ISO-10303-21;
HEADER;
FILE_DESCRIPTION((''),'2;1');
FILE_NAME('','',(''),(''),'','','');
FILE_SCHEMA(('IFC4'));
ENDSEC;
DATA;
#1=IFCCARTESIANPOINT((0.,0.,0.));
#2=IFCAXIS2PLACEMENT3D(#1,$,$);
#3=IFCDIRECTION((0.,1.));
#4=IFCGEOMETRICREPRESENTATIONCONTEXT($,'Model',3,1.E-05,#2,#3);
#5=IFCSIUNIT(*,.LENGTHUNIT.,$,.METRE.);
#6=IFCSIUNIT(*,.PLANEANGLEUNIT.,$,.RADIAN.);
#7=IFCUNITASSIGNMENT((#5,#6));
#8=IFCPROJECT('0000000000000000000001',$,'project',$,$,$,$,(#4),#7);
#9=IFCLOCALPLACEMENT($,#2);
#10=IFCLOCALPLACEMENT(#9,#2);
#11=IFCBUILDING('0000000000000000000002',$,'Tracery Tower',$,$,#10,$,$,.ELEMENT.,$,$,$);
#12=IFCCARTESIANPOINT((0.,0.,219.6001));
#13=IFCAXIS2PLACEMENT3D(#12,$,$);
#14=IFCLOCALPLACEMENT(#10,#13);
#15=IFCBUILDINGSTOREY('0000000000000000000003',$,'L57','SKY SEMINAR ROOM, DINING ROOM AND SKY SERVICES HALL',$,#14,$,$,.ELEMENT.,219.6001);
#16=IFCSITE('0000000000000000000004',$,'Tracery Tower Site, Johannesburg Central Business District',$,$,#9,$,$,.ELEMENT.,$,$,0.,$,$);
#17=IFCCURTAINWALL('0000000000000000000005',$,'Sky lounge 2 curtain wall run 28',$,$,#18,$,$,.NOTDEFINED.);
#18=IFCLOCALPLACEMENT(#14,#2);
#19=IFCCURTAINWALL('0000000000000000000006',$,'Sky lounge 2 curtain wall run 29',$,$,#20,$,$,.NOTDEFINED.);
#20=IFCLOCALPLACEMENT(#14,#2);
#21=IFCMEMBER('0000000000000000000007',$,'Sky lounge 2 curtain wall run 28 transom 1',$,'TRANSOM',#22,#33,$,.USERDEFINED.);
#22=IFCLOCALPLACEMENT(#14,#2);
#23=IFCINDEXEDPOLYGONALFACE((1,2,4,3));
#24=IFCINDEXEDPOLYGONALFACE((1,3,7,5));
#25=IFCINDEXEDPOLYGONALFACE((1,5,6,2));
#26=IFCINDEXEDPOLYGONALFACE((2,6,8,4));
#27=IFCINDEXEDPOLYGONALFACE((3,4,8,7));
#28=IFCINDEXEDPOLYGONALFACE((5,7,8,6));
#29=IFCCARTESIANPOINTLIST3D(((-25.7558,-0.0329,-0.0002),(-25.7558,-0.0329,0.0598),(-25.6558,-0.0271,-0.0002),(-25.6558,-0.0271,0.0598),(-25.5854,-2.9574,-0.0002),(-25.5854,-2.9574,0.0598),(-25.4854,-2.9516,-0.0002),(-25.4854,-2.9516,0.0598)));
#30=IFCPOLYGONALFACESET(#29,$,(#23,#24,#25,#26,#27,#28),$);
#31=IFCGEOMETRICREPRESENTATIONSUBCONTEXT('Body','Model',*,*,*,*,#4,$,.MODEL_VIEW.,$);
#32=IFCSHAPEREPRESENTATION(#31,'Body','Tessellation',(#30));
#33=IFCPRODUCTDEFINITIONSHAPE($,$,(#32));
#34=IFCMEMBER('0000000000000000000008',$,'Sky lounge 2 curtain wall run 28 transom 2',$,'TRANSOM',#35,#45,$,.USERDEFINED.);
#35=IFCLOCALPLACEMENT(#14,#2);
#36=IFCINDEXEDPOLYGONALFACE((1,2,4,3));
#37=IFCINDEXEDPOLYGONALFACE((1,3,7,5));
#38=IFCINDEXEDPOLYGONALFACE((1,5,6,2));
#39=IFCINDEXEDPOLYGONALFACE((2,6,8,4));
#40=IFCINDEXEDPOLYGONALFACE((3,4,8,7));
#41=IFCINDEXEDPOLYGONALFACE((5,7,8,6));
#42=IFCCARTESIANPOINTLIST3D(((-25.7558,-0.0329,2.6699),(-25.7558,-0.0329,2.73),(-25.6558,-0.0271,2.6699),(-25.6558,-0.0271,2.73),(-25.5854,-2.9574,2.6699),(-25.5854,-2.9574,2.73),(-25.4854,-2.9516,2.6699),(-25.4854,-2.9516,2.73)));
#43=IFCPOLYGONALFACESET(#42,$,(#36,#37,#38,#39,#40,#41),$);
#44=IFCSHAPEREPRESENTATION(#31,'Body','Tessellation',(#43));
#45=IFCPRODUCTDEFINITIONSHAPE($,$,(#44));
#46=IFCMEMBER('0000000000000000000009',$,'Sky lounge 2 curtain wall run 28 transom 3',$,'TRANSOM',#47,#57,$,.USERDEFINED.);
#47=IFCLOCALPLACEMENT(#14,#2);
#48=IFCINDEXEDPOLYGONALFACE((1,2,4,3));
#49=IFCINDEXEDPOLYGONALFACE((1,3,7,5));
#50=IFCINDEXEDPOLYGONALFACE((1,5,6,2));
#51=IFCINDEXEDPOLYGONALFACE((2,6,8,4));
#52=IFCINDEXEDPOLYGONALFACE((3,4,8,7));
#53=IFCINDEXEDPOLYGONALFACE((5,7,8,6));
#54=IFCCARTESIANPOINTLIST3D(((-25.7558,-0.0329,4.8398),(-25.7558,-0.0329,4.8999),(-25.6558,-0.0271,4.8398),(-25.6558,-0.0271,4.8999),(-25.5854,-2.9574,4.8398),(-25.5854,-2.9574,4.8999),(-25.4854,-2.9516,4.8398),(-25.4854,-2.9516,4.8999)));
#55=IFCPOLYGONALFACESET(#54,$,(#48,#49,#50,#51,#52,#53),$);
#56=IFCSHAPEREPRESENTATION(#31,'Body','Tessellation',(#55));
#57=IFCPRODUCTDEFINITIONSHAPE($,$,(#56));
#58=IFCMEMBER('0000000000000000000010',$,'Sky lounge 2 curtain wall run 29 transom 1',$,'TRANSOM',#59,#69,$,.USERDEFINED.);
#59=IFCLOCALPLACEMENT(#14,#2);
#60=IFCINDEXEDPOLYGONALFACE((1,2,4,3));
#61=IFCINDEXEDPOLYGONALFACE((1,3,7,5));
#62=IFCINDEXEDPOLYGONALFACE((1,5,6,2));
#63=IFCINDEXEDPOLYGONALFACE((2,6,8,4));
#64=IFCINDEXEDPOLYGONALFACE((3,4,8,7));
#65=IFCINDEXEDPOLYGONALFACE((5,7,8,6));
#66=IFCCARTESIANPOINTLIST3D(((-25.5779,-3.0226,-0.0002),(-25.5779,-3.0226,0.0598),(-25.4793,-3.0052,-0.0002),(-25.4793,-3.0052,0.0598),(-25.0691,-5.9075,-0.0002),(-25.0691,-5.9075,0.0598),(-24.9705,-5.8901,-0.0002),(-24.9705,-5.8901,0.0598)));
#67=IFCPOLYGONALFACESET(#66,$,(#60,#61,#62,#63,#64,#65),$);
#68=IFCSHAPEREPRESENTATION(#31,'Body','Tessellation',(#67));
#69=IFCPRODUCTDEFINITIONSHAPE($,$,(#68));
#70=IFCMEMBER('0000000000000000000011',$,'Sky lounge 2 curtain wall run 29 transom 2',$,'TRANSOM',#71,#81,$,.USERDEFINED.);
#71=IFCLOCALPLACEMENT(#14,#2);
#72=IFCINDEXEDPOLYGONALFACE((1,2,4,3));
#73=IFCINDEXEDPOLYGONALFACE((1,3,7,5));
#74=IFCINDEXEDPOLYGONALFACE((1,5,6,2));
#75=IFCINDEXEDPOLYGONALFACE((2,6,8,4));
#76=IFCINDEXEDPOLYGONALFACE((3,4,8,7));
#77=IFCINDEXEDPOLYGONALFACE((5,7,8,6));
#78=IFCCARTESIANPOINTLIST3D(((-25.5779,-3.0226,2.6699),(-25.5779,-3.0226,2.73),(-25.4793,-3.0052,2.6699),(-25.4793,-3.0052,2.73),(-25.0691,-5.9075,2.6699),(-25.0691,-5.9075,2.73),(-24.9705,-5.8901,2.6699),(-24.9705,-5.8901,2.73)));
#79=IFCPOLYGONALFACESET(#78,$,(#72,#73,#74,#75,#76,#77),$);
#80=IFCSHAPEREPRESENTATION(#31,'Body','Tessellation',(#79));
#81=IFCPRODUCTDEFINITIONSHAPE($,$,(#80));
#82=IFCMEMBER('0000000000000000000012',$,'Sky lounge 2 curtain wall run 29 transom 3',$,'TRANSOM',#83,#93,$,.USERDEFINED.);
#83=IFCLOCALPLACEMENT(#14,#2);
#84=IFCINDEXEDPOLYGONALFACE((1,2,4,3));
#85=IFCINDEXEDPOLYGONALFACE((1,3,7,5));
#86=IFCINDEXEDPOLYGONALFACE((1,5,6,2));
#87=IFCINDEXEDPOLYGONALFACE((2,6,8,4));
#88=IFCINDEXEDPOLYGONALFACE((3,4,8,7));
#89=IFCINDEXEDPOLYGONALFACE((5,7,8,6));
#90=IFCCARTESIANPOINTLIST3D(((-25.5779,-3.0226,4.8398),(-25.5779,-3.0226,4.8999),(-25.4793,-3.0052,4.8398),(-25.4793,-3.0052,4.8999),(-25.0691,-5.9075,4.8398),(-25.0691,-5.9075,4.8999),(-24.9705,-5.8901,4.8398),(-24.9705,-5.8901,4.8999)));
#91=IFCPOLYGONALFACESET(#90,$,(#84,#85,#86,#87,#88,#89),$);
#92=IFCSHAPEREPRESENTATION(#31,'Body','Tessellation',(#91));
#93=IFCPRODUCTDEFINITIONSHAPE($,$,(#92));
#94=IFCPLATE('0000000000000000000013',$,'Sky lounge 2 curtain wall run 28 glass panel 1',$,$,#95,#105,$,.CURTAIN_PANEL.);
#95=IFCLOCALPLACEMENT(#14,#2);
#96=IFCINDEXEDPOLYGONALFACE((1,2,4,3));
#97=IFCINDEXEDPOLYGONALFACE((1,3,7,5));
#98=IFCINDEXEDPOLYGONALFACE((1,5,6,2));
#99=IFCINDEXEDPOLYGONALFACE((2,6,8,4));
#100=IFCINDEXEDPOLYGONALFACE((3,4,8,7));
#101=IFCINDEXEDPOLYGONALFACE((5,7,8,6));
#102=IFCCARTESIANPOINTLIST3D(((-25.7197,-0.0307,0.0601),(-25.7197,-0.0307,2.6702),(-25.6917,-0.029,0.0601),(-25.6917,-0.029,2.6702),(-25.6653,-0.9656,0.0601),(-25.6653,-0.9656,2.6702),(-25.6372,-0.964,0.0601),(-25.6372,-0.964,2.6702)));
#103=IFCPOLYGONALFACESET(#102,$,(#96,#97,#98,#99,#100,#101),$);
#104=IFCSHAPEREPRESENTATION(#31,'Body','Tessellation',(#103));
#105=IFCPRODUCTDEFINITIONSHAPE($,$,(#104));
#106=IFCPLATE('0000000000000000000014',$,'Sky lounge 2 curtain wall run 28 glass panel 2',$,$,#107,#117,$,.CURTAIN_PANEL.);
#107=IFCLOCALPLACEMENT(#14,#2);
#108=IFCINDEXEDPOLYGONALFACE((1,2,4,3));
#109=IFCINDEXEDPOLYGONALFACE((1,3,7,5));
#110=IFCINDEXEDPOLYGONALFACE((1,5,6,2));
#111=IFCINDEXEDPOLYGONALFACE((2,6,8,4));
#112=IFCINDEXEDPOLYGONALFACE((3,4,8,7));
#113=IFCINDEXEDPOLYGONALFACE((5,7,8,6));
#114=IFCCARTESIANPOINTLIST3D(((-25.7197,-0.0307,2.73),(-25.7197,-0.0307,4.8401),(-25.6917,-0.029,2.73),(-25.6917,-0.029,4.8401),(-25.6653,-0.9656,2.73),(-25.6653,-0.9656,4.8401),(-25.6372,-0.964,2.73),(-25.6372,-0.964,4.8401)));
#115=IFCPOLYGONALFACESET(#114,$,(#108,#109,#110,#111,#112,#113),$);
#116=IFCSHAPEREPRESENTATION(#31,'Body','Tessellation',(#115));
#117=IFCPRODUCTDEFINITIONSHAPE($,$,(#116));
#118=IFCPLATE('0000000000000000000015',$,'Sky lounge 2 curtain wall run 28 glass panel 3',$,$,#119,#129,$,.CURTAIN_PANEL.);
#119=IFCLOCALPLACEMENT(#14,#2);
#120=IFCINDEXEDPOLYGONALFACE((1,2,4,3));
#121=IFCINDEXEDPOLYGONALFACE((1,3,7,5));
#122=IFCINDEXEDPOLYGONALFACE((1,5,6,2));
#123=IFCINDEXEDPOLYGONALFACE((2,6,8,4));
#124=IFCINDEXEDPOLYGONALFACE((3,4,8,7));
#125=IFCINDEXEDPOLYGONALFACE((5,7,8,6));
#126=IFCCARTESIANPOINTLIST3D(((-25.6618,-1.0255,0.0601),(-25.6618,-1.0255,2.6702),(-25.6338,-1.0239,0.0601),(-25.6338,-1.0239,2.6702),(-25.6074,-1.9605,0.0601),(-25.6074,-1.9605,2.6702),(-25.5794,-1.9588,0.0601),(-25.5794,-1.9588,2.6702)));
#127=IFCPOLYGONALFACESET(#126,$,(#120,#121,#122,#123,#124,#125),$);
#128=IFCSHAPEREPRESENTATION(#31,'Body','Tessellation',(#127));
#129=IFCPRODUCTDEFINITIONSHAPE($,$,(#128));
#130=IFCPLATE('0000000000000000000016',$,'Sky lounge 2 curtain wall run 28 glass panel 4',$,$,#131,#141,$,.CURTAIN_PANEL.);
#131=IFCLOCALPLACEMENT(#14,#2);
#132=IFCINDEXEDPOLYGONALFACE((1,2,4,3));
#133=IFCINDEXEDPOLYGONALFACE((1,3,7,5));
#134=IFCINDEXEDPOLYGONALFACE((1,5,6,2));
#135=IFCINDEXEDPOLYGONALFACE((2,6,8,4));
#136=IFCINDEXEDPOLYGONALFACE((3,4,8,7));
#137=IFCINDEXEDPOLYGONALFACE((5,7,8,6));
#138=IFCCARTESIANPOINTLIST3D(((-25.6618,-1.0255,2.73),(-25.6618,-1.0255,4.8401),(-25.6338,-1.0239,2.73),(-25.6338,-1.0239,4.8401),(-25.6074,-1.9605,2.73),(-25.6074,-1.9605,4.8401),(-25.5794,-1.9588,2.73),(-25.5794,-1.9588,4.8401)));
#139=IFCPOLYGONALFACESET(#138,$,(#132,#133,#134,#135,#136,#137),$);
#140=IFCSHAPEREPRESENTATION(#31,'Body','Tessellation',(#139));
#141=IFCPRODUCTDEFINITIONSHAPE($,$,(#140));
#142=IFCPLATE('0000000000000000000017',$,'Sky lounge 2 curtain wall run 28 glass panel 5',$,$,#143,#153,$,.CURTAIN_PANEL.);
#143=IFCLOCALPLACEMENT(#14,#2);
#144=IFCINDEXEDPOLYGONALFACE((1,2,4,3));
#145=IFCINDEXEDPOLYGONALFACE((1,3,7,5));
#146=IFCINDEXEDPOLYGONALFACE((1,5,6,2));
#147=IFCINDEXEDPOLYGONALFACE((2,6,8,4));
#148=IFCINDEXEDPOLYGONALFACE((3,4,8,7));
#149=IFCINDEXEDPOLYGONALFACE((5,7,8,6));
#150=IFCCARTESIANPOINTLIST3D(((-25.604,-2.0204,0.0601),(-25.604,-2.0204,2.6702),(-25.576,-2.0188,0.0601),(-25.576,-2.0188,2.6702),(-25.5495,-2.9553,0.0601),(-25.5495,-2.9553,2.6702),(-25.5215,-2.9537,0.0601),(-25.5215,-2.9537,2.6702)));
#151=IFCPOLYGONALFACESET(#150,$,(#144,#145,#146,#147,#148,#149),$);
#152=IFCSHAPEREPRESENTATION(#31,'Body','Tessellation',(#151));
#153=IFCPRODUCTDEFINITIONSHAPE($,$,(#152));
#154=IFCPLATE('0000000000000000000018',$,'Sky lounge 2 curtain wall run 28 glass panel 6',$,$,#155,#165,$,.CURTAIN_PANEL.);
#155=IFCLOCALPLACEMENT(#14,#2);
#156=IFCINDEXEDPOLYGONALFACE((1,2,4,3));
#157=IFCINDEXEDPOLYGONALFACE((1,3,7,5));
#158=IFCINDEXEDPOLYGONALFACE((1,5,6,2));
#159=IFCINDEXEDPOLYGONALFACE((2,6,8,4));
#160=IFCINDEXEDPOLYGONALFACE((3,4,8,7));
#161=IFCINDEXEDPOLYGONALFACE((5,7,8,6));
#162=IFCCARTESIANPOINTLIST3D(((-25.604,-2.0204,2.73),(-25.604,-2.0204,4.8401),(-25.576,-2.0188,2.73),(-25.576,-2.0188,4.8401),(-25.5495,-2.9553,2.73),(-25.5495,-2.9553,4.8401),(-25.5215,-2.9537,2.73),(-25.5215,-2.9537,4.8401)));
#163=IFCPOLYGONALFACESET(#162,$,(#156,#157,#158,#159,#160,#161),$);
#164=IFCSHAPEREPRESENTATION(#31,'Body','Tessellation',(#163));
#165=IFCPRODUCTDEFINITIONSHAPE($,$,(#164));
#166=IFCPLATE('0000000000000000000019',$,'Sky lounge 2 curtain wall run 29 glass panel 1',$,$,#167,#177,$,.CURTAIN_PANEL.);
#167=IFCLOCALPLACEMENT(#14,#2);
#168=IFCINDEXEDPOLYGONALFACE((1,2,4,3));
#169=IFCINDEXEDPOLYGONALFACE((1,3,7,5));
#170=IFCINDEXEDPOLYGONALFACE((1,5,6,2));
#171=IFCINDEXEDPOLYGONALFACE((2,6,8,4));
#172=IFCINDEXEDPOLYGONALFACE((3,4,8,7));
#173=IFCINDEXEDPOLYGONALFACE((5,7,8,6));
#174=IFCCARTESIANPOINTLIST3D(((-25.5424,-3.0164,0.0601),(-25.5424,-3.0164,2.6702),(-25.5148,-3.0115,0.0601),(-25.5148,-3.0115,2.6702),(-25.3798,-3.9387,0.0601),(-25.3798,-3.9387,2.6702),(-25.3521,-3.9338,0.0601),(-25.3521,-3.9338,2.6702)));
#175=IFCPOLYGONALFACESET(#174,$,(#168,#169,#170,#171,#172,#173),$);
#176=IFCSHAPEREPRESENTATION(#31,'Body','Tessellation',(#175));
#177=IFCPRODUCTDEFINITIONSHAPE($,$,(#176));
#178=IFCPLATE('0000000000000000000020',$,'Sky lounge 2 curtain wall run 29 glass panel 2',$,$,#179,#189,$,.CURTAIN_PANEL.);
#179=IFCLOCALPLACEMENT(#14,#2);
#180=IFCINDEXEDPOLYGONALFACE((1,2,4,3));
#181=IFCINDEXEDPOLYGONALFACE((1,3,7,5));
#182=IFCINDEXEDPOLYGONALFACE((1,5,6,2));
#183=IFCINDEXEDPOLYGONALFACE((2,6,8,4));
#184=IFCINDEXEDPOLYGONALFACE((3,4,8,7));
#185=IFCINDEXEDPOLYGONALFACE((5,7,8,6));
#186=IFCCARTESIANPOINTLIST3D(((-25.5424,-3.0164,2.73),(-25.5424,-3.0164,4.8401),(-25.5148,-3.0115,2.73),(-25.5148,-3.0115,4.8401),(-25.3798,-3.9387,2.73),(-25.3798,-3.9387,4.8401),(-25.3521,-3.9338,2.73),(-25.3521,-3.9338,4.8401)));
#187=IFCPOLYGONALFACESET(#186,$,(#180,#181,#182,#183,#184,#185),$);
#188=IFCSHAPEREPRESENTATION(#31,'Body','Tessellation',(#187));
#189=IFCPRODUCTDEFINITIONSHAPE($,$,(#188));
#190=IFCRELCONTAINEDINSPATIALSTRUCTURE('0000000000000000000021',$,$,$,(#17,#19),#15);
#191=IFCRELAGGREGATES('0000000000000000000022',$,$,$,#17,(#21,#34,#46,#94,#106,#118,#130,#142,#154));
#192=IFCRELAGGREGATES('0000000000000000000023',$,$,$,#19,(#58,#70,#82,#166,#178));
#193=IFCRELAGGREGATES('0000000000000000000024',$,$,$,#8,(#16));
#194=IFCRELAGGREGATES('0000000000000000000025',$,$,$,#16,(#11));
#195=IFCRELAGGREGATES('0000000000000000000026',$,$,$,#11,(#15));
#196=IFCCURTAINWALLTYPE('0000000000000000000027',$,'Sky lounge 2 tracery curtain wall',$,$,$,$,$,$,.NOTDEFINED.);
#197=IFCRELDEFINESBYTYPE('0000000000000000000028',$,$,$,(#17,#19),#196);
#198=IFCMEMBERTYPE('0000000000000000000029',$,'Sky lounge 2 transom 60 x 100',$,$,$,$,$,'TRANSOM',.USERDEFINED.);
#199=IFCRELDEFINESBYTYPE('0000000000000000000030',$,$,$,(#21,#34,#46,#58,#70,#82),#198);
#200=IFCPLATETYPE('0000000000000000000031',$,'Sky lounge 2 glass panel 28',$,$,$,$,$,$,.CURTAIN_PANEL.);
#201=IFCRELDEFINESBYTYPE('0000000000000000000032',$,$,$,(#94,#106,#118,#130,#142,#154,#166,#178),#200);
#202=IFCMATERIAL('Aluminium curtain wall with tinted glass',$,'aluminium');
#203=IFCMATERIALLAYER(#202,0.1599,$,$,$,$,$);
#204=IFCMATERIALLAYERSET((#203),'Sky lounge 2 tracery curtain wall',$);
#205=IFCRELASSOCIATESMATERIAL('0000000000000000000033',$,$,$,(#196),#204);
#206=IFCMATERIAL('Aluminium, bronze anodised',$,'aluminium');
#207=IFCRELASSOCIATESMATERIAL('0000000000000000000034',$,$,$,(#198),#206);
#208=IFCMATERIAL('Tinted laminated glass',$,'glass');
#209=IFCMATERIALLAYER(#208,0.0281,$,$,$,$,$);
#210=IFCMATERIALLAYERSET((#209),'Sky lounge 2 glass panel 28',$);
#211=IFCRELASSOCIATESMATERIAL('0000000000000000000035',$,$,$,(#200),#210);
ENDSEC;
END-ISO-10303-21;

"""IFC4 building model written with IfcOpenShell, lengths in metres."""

from ifc_helpers import new_model, si_unit, direction, frame, origin, origin_2d, place, context, subcontext, project, spatial, rectangle, extrude, material, layer, layer_set, material_profile, profile_set, type_object, element, aggregate, save


model = new_model("IFC4")

# Units and contexts
model_context = context("Model", 3, precision=1e-05, world=origin(), true_north=direction((0.0, 1.0)))
body_context = subcontext(model_context, "Body", "Model", "MODEL_VIEW")
ifc_project = project(units=[si_unit("LENGTHUNIT", "METRE"), si_unit("PLANEANGLEUNIT", "RADIAN")], contexts=[model_context])

# Site, building, storey
site_placement = place(None, origin())
site = spatial("IfcSite", under=ifc_project, at=site_placement, Name="Tracery Tower Site, Johannesburg Central Business District", CompositionType="ELEMENT", RefElevation=0.0)
building_placement = place(site_placement, origin())
building = spatial("IfcBuilding", under=site, at=building_placement, Name="Tracery Tower", CompositionType="ELEMENT")
storey_placement = place(building_placement, frame((0.0, 0.0, 219.6001)))
storey = spatial("IfcBuildingStorey", under=building, at=storey_placement, Name="L57", Description="SKY SEMINAR ROOM, DINING ROOM AND SKY SERVICES HALL", CompositionType="ELEMENT", Elevation=219.6001)

# Curtain walls
ifc_material_1 = material(Name="Aluminium curtain wall with tinted glass", Category="aluminium")
ifc_layer_1 = layer(ifc_material_1, 0.1599)
ifc_layer_set_1 = layer_set([ifc_layer_1], Name="Sky lounge 2 tracery curtain wall")
curtain_wall_type = type_object("IfcCurtainWallType", Name="Sky lounge 2 tracery curtain wall", PredefinedType="NOTDEFINED", material=ifc_layer_set_1)
curtain_wall_1_placement = place(storey_placement, origin())
curtain_wall_1 = element("IfcCurtainWall", 1, at=curtain_wall_1_placement, inside=storey, type_object=curtain_wall_type, Name="Sky lounge 2 curtain wall run 28", PredefinedType="NOTDEFINED")
curtain_wall_2_placement = place(storey_placement, origin())
curtain_wall_2 = element("IfcCurtainWall", 2, at=curtain_wall_2_placement, inside=storey, type_object=curtain_wall_type, Name="Sky lounge 2 curtain wall run 29", PredefinedType="NOTDEFINED")

# Members
ifc_material_2 = material(Name="Aluminium, bronze anodised", Category="aluminium")
ifc_material_profile_1 = material_profile(ifc_material_2, rectangle(XDim=0.1001, YDim=0.0601, at=origin_2d()), Name="AL 60x100")
ifc_profile_set_1 = profile_set([ifc_material_profile_1], Name="Aluminium, bronze anodised")
member_type_1 = type_object("IfcMemberType", Name="Sky lounge 2 transom 60 x 100", ElementType="TRANSOM", PredefinedType="USERDEFINED", material=ifc_profile_set_1)
member_1_placement = place(storey_placement, frame((-25.7058, -0.03, 0.0298), z_axis=(0.05817, -0.998307, 0.0), x_axis=(0.998307, 0.05817, 0.0)))
member_1 = element("IfcMember", 3, at=member_1_placement, type_object=member_type_1, Name="Sky lounge 2 curtain wall run 28 transom 1", ObjectType="TRANSOM", PredefinedType="USERDEFINED", context=body_context, shape_type="SweptSolid", body=[
    extrude(rectangle(XDim=0.1001, YDim=0.0601, at=origin_2d()), origin(), (0.0, 0.0, 1.0), 2.9294),
])
member_2_placement = place(storey_placement, frame((-25.7058, -0.03, 2.7), z_axis=(0.05817, -0.998307, 0.0), x_axis=(0.998307, 0.05817, 0.0)))
member_2 = element("IfcMember", 4, at=member_2_placement, type_object=member_type_1, Name="Sky lounge 2 curtain wall run 28 transom 2", ObjectType="TRANSOM", PredefinedType="USERDEFINED", context=body_context, shape_type="SweptSolid", body=[
    extrude(rectangle(XDim=0.1001, YDim=0.0601, at=origin_2d()), origin(), (0.0, 0.0, 1.0), 2.9294),
])
member_3_placement = place(storey_placement, frame((-25.7058, -0.03, 4.8699), z_axis=(0.05817, -0.998307, 0.0), x_axis=(0.998307, 0.05817, 0.0)))
member_3 = element("IfcMember", 5, at=member_3_placement, type_object=member_type_1, Name="Sky lounge 2 curtain wall run 28 transom 3", ObjectType="TRANSOM", PredefinedType="USERDEFINED", context=body_context, shape_type="SweptSolid", body=[
    extrude(rectangle(XDim=0.1001, YDim=0.0601, at=origin_2d()), origin(), (0.0, 0.0, 1.0), 2.9294),
])
member_4_placement = place(storey_placement, frame((-25.5286, -3.0139, 0.0298), z_axis=(0.173676, -0.984803, 0.0), x_axis=(0.984803, 0.173676, 0.0)))
member_4 = element("IfcMember", 6, at=member_4_placement, type_object=member_type_1, Name="Sky lounge 2 curtain wall run 29 transom 1", ObjectType="TRANSOM", PredefinedType="USERDEFINED", context=body_context, shape_type="SweptSolid", body=[
    extrude(rectangle(XDim=0.1001, YDim=0.0601, at=origin_2d()), origin(), (0.0, 0.0, 1.0), 2.9294),
])
member_5_placement = place(storey_placement, frame((-25.5286, -3.0139, 2.7), z_axis=(0.173676, -0.984803, 0.0), x_axis=(0.984803, 0.173676, 0.0)))
member_5 = element("IfcMember", 7, at=member_5_placement, type_object=member_type_1, Name="Sky lounge 2 curtain wall run 29 transom 2", ObjectType="TRANSOM", PredefinedType="USERDEFINED", context=body_context, shape_type="SweptSolid", body=[
    extrude(rectangle(XDim=0.1001, YDim=0.0601, at=origin_2d()), origin(), (0.0, 0.0, 1.0), 2.9294),
])
member_6_placement = place(storey_placement, frame((-25.5286, -3.0139, 4.8699), z_axis=(0.173676, -0.984803, 0.0), x_axis=(0.984803, 0.173676, 0.0)))
member_6 = element("IfcMember", 8, at=member_6_placement, type_object=member_type_1, Name="Sky lounge 2 curtain wall run 29 transom 3", ObjectType="TRANSOM", PredefinedType="USERDEFINED", context=body_context, shape_type="SweptSolid", body=[
    extrude(rectangle(XDim=0.1001, YDim=0.0601, at=origin_2d()), origin(), (0.0, 0.0, 1.0), 2.9294),
])

# Plates
ifc_material_3 = material(Name="Tinted laminated glass", Category="glass")
ifc_layer_2 = layer(ifc_material_3, 0.0281)
ifc_layer_set_2 = layer_set([ifc_layer_2], Name="Sky lounge 2 glass panel 28")
plate_type = type_object("IfcPlateType", Name="Sky lounge 2 glass panel 28", PredefinedType="CURTAIN_PANEL", material=ifc_layer_set_2)
plate_1_placement = place(storey_placement, frame((-25.6785, -0.4973, 0.0601), z_axis=(0.0, 0.0, 1.0), x_axis=(0.058145, -0.998308, 0.0)))
plate_1 = element("IfcPlate", 9, at=plate_1_placement, type_object=plate_type, Name="Sky lounge 2 curtain wall run 28 glass panel 1", PredefinedType="CURTAIN_PANEL", context=body_context, shape_type="SweptSolid", body=[
    extrude(rectangle(XDim=0.9365, YDim=0.0281, at=origin_2d()), origin(), (0.0, 0.0, 1.0), 2.6101),
])
plate_2_placement = place(storey_placement, frame((-25.6785, -0.4973, 2.73), z_axis=(0.0, 0.0, 1.0), x_axis=(0.058145, -0.998308, 0.0)))
plate_2 = element("IfcPlate", 10, at=plate_2_placement, type_object=plate_type, Name="Sky lounge 2 curtain wall run 28 glass panel 2", PredefinedType="CURTAIN_PANEL", context=body_context, shape_type="SweptSolid", body=[
    extrude(rectangle(XDim=0.9365, YDim=0.0281, at=origin_2d()), origin(), (0.0, 0.0, 1.0), 2.1101),
])
plate_3_placement = place(storey_placement, frame((-25.6206, -1.4922, 0.0601), z_axis=(0.0, 0.0, 1.0), x_axis=(0.058145, -0.998308, 0.0)))
plate_3 = element("IfcPlate", 11, at=plate_3_placement, type_object=plate_type, Name="Sky lounge 2 curtain wall run 28 glass panel 3", PredefinedType="CURTAIN_PANEL", context=body_context, shape_type="SweptSolid", body=[
    extrude(rectangle(XDim=0.9365, YDim=0.0281, at=origin_2d()), origin(), (0.0, 0.0, 1.0), 2.6101),
])
plate_4_placement = place(storey_placement, frame((-25.6206, -1.4922, 2.73), z_axis=(0.0, 0.0, 1.0), x_axis=(0.058145, -0.998308, 0.0)))
plate_4 = element("IfcPlate", 12, at=plate_4_placement, type_object=plate_type, Name="Sky lounge 2 curtain wall run 28 glass panel 4", PredefinedType="CURTAIN_PANEL", context=body_context, shape_type="SweptSolid", body=[
    extrude(rectangle(XDim=0.9365, YDim=0.0281, at=origin_2d()), origin(), (0.0, 0.0, 1.0), 2.1101),
])
plate_5_placement = place(storey_placement, frame((-25.5627, -2.4871, 0.0601), z_axis=(0.0, 0.0, 1.0), x_axis=(0.058145, -0.998308, 0.0)))
plate_5 = element("IfcPlate", 13, at=plate_5_placement, type_object=plate_type, Name="Sky lounge 2 curtain wall run 28 glass panel 5", PredefinedType="CURTAIN_PANEL", context=body_context, shape_type="SweptSolid", body=[
    extrude(rectangle(XDim=0.9365, YDim=0.0281, at=origin_2d()), origin(), (0.0, 0.0, 1.0), 2.6101),
])
plate_6_placement = place(storey_placement, frame((-25.5627, -2.4871, 2.73), z_axis=(0.0, 0.0, 1.0), x_axis=(0.058145, -0.998308, 0.0)))
plate_6 = element("IfcPlate", 14, at=plate_6_placement, type_object=plate_type, Name="Sky lounge 2 curtain wall run 28 glass panel 6", PredefinedType="CURTAIN_PANEL", context=body_context, shape_type="SweptSolid", body=[
    extrude(rectangle(XDim=0.9365, YDim=0.0281, at=origin_2d()), origin(), (0.0, 0.0, 1.0), 2.1101),
])
aggregate(curtain_wall_1, [member_1, member_2, member_3, plate_1, plate_2, plate_3, plate_4, plate_5, plate_6])
plate_7_placement = place(storey_placement, frame((-25.4473, -3.4751, 0.0601), z_axis=(0.0, 0.0, 1.0), x_axis=(0.173648, -0.984808, 0.0)))
plate_7 = element("IfcPlate", 15, at=plate_7_placement, type_object=plate_type, Name="Sky lounge 2 curtain wall run 29 glass panel 1", PredefinedType="CURTAIN_PANEL", context=body_context, shape_type="SweptSolid", body=[
    extrude(rectangle(XDim=0.9365, YDim=0.0281, at=origin_2d()), origin(), (0.0, 0.0, 1.0), 2.6101),
])
plate_8_placement = place(storey_placement, frame((-25.4473, -3.4751, 2.73), z_axis=(0.0, 0.0, 1.0), x_axis=(0.173648, -0.984808, 0.0)))
plate_8 = element("IfcPlate", 16, at=plate_8_placement, type_object=plate_type, Name="Sky lounge 2 curtain wall run 29 glass panel 2", PredefinedType="CURTAIN_PANEL", context=body_context, shape_type="SweptSolid", body=[
    extrude(rectangle(XDim=0.9365, YDim=0.0281, at=origin_2d()), origin(), (0.0, 0.0, 1.0), 2.1101),
])
aggregate(curtain_wall_2, [member_4, member_5, member_6, plate_7, plate_8])

save(model, "model.ifc")
